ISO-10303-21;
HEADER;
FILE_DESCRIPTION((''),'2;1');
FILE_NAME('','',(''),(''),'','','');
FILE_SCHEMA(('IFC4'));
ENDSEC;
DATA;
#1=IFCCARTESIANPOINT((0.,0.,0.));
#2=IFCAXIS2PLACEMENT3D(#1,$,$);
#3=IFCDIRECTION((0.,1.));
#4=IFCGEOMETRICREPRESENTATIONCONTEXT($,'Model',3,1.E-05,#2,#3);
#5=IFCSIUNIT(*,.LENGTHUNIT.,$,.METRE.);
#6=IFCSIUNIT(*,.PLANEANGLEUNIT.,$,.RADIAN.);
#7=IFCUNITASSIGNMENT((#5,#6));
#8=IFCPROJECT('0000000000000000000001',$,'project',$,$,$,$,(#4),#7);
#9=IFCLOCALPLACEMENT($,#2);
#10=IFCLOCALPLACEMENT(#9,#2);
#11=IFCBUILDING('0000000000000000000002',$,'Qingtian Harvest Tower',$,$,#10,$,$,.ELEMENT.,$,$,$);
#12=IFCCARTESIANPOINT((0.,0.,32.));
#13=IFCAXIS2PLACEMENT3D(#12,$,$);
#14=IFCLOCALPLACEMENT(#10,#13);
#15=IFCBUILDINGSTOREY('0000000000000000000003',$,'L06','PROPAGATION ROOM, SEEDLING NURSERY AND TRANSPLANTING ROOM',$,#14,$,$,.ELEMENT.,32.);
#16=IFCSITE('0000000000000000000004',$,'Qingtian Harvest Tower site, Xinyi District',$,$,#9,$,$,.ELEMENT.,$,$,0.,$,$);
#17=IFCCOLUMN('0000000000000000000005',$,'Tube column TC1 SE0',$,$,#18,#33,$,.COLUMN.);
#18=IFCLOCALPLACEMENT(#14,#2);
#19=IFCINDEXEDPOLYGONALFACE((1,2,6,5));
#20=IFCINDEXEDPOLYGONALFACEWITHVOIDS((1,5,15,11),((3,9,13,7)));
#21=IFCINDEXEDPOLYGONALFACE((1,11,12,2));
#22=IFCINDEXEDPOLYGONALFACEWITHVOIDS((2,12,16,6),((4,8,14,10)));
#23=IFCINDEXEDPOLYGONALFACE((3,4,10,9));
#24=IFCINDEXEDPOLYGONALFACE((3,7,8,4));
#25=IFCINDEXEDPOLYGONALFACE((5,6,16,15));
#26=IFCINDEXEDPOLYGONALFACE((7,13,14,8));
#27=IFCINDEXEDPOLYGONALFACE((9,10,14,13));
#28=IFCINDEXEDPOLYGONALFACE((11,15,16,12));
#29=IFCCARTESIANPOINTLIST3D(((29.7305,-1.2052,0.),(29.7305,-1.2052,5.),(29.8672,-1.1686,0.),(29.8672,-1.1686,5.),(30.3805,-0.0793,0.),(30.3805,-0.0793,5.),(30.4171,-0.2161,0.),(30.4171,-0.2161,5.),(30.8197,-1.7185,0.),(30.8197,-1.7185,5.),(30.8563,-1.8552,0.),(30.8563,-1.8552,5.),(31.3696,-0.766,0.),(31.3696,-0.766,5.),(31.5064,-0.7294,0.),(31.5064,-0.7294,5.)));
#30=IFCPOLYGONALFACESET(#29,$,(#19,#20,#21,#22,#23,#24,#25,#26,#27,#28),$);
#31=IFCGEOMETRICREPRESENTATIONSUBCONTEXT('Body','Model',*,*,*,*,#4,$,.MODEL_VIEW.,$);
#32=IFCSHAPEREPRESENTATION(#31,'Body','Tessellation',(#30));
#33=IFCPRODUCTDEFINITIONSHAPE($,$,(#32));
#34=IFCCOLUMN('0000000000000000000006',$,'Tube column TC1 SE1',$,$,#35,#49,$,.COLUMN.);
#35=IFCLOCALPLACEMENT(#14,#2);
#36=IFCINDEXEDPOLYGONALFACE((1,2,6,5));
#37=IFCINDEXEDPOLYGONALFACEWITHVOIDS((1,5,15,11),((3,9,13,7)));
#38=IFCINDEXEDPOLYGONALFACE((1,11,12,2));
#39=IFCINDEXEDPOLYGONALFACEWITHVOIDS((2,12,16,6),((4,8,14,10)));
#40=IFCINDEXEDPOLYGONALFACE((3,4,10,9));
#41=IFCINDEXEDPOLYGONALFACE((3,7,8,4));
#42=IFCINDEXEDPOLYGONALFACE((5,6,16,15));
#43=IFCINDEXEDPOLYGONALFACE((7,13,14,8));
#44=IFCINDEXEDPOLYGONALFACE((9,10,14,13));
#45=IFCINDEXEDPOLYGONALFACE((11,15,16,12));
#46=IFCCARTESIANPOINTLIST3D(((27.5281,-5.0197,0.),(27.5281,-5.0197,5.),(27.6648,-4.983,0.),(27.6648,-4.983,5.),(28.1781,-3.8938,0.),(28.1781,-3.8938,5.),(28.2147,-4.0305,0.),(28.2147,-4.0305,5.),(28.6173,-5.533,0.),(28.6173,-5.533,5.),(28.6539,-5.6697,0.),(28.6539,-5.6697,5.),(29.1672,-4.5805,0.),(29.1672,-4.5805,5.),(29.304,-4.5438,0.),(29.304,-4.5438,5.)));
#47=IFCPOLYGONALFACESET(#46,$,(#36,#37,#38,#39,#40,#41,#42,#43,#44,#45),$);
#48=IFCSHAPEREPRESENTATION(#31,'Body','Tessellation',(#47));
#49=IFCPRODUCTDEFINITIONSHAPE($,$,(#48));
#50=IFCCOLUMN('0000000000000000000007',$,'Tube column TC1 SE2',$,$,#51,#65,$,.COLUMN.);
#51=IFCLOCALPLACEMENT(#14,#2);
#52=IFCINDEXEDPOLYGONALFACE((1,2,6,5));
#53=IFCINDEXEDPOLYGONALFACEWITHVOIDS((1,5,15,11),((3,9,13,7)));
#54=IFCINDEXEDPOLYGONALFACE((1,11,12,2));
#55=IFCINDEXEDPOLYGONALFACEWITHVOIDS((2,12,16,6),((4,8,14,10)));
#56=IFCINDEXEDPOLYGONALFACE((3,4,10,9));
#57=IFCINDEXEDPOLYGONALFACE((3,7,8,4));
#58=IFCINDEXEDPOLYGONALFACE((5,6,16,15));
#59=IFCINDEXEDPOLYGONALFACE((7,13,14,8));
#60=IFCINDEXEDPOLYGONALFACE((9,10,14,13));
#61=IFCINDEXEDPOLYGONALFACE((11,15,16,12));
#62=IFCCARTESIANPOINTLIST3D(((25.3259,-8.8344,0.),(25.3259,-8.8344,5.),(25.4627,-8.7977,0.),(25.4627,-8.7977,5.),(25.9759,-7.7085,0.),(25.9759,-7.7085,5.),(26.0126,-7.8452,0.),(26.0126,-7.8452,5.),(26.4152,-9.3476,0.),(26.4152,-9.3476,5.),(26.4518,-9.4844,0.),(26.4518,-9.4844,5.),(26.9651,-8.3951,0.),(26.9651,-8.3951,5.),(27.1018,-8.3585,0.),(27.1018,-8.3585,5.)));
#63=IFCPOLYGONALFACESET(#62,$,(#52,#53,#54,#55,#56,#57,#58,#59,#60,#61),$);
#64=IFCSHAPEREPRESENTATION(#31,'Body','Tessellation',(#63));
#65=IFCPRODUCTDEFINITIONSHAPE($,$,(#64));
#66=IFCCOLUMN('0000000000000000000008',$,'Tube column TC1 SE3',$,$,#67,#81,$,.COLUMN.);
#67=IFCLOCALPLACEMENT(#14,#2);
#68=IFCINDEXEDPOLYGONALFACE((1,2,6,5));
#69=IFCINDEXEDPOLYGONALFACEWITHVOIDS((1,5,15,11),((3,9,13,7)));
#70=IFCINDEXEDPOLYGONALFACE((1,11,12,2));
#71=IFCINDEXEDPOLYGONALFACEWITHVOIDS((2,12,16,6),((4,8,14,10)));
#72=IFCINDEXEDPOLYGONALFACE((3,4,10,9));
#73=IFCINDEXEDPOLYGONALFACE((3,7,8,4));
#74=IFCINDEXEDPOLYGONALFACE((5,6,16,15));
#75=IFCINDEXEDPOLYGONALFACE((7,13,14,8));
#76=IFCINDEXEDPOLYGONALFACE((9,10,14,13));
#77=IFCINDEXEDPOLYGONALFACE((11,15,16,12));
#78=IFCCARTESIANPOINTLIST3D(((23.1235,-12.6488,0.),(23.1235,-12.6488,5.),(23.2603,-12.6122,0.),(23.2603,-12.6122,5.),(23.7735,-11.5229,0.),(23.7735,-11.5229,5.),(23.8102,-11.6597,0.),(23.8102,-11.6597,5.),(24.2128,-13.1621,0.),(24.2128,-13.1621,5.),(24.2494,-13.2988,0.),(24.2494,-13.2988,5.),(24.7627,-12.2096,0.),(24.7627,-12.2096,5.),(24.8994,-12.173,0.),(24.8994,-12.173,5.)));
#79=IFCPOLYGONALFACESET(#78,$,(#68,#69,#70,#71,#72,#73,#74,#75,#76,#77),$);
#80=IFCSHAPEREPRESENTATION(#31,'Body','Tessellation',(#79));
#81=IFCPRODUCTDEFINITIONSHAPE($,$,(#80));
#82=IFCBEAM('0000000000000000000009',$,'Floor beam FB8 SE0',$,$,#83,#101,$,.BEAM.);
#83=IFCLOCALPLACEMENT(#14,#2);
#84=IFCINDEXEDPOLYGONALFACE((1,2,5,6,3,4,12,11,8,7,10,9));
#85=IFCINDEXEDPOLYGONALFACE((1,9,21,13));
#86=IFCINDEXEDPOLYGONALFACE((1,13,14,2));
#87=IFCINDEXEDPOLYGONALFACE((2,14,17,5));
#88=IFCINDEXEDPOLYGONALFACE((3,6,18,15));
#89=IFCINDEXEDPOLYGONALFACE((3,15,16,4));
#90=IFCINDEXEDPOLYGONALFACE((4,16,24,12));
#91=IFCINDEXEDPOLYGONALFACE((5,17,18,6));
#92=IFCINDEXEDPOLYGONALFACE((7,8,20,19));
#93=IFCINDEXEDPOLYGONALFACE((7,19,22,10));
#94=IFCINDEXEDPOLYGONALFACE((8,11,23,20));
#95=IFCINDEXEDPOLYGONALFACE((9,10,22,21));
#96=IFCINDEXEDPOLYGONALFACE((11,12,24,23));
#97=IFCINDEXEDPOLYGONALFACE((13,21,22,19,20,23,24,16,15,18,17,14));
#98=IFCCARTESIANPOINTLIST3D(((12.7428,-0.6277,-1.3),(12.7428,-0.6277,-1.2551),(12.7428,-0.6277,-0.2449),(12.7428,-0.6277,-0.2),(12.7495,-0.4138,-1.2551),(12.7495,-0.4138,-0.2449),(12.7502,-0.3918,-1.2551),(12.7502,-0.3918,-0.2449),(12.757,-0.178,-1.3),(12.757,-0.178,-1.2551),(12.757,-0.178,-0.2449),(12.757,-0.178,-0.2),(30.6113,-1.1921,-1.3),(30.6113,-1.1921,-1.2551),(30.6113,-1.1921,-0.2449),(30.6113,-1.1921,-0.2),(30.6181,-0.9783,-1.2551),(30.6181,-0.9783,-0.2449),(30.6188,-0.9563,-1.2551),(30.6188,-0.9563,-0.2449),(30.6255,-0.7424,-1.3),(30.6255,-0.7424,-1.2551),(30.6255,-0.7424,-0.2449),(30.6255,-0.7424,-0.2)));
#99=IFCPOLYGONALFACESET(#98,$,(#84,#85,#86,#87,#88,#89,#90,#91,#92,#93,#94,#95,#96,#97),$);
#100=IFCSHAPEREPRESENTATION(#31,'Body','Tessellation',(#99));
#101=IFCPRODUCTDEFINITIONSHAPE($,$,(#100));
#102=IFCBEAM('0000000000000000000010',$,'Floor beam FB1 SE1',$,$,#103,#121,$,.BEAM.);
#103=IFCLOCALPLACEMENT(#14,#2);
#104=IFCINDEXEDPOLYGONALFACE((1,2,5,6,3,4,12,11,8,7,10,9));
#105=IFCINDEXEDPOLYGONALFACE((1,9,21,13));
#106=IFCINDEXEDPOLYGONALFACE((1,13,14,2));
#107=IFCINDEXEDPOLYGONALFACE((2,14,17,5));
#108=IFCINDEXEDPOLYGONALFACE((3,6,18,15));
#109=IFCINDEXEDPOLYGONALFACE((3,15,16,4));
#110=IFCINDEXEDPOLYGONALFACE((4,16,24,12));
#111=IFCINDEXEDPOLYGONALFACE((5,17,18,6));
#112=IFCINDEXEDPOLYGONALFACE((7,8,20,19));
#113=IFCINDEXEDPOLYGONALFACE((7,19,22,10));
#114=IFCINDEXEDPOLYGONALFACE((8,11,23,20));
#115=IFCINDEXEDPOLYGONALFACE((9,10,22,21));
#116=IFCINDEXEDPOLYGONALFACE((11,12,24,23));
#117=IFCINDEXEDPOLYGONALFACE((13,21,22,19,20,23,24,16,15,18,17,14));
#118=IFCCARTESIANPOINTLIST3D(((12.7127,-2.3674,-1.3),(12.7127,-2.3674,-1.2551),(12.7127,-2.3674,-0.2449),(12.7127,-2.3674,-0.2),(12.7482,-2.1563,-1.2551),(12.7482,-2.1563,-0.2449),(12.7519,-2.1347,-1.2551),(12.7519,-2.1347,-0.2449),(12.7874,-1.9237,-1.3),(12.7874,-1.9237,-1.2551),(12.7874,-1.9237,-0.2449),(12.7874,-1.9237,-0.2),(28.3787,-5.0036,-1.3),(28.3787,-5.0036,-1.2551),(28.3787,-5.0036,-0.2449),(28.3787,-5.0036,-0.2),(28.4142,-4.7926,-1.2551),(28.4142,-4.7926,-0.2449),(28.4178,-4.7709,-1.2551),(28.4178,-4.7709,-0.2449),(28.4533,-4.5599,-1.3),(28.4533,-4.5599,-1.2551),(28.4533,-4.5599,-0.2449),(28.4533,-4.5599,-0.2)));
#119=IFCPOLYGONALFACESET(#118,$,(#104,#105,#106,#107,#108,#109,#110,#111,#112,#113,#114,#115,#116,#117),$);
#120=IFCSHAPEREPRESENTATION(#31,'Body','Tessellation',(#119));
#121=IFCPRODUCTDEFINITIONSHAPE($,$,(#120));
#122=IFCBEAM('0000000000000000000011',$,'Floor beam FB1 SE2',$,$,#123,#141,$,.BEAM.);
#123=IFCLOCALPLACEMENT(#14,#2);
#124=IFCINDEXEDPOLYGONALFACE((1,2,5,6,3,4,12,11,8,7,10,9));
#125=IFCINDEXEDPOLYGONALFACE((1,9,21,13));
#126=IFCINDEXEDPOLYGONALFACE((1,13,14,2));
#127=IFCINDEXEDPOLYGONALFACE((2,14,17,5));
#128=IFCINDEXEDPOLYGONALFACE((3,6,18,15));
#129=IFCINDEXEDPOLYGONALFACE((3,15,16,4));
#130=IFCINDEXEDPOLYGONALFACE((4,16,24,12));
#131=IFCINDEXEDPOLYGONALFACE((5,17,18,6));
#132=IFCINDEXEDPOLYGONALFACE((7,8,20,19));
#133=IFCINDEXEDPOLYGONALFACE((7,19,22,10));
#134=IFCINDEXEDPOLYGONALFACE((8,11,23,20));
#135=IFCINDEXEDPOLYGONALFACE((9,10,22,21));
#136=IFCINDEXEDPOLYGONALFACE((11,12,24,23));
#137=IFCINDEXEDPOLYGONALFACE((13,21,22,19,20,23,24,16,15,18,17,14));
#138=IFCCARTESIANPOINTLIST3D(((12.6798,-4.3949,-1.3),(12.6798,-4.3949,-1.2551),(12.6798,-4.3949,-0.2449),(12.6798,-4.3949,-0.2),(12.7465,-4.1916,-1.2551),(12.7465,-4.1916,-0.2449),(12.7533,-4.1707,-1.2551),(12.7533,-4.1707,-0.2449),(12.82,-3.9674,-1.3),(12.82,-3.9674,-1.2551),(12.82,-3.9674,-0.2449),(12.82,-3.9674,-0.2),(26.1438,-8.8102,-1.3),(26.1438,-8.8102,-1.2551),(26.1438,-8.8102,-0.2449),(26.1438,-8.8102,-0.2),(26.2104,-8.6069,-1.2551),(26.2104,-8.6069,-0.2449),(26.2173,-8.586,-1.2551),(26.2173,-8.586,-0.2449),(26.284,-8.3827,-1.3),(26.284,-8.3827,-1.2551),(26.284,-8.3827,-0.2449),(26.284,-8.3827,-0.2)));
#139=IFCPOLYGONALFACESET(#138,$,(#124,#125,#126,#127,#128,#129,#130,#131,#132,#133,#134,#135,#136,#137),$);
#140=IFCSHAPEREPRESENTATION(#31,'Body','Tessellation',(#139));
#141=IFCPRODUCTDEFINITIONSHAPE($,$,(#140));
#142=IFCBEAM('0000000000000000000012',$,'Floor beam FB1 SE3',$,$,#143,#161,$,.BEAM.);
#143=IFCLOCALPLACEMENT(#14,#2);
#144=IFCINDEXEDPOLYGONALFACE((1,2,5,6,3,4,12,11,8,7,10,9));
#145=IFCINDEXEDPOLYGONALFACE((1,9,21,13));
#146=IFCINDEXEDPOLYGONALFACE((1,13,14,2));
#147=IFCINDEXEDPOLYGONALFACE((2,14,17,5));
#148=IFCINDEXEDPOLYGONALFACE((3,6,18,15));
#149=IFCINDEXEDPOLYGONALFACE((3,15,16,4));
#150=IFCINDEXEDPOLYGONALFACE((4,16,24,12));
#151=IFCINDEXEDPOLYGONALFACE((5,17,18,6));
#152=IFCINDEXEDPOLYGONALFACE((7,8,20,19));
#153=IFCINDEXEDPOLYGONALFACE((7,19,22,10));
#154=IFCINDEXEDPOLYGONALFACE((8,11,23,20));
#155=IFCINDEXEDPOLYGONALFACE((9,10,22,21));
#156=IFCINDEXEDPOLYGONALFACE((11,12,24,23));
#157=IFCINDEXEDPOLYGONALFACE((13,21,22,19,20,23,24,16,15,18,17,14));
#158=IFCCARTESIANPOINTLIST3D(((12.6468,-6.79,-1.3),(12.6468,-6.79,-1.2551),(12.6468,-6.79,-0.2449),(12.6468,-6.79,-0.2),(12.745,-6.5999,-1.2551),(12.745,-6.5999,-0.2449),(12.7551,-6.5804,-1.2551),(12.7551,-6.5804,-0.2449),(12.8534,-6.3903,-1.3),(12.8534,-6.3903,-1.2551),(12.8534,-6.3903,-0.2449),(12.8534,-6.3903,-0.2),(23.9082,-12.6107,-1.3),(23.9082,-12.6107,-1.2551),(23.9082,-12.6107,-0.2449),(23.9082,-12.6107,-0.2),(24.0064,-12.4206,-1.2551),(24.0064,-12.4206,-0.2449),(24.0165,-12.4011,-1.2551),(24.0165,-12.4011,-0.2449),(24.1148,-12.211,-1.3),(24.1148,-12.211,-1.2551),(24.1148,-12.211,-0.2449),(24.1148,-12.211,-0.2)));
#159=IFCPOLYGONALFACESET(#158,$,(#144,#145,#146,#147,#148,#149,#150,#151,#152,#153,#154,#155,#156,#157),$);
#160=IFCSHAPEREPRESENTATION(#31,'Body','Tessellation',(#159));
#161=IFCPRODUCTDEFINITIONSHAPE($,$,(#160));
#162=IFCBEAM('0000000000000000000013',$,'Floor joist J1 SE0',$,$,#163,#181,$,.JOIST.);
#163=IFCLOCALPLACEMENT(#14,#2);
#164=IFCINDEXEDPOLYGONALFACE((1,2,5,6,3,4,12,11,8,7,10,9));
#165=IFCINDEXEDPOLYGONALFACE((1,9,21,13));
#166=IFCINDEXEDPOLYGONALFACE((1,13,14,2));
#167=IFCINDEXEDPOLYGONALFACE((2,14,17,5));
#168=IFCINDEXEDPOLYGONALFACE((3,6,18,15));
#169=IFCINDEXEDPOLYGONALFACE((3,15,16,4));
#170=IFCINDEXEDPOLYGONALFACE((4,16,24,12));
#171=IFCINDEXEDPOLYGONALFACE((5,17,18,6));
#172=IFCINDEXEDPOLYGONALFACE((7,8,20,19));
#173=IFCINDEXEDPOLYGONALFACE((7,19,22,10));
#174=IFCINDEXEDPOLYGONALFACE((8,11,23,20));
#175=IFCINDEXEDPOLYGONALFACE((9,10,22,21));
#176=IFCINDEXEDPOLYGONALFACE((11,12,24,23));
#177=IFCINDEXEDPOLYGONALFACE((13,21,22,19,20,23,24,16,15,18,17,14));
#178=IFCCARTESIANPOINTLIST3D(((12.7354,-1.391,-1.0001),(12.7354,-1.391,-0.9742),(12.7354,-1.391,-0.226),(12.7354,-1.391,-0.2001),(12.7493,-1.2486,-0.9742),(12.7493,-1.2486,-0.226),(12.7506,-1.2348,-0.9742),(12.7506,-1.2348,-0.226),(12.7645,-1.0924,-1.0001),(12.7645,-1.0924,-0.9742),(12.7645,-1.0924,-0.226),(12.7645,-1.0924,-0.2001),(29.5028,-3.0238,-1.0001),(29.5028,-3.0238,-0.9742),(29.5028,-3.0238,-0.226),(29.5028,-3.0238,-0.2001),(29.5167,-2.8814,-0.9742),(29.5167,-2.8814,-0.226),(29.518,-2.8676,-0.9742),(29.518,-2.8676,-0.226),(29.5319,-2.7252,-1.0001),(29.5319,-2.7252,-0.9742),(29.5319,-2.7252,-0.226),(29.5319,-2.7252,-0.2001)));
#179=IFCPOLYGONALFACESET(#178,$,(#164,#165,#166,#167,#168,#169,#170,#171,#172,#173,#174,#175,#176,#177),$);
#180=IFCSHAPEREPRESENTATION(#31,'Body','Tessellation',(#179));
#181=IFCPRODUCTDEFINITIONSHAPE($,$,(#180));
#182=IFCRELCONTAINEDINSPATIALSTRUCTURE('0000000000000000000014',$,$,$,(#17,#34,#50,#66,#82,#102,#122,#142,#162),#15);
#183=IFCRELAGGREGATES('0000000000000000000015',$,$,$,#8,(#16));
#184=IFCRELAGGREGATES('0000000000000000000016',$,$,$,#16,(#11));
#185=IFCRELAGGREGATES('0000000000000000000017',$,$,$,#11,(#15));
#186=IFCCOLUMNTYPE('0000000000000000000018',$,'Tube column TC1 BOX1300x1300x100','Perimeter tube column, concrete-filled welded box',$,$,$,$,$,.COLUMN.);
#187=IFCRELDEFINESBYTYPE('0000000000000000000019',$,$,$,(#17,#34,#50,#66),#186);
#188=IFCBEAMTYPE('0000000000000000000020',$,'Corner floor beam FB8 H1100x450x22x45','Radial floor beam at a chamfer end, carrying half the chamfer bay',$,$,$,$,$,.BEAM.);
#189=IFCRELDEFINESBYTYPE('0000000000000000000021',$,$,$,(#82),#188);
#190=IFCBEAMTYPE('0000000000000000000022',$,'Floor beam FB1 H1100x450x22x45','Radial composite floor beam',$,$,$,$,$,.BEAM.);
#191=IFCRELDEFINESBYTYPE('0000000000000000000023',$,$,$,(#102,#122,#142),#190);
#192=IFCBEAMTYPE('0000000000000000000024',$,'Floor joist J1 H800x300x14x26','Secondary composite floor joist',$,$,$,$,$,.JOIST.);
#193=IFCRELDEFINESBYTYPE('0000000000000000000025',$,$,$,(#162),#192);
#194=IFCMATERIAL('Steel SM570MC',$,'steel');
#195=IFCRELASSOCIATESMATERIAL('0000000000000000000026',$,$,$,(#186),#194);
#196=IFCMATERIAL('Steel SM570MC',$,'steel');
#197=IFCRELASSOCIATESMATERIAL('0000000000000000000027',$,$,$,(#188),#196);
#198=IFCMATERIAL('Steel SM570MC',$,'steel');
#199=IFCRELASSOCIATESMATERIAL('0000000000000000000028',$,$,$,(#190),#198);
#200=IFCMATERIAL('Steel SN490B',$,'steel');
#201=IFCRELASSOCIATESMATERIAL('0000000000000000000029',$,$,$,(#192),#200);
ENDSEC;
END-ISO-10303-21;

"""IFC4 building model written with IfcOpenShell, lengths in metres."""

from ifc_helpers import new_model, si_unit, direction, frame, origin, origin_2d, place, context, subcontext, project, spatial, hollow_rectangle, i_section, extrude, material, material_profile, profile_set, type_object, element, save


model = new_model("IFC4")

# Units and contexts
model_context = context("Model", 3, precision=1e-05, world=origin(), true_north=direction((0.0, 1.0)))
body_context = subcontext(model_context, "Body", "Model", "MODEL_VIEW")
ifc_project = project(units=[si_unit("LENGTHUNIT", "METRE"), si_unit("PLANEANGLEUNIT", "RADIAN")], contexts=[model_context])

# Site, building, storey
site_placement = place(None, origin())
site = spatial("IfcSite", under=ifc_project, at=site_placement, Name="Qingtian Harvest Tower site, Xinyi District", CompositionType="ELEMENT", RefElevation=0.0)
building_placement = place(site_placement, origin())
building = spatial("IfcBuilding", under=site, at=building_placement, Name="Qingtian Harvest Tower", CompositionType="ELEMENT")
storey_placement = place(building_placement, frame((0.0, 0.0, 32.0)))
storey = spatial("IfcBuildingStorey", under=building, at=storey_placement, Name="L06", Description="PROPAGATION ROOM, SEEDLING NURSERY AND TRANSPLANTING ROOM", CompositionType="ELEMENT", Elevation=32.0)

# Columns
ifc_material_1 = material(Name="Steel SM570MC", Category="steel")
ifc_material_profile_1 = material_profile(ifc_material_1, hollow_rectangle(XDim=1.3, YDim=1.3, WallThickness=0.1001, at=origin_2d()), Name="BOX1300x1300x100")
ifc_profile_set_1 = profile_set([ifc_material_profile_1], Name="Steel SM570MC")
column_type = type_object("IfcColumnType", Name="Tube column TC1 BOX1300x1300x100", Description="Perimeter tube column, concrete-filled welded box", PredefinedType="COLUMN", material=ifc_profile_set_1)
for number, where, z_axis, x_axis, name in (
    (1, (30.6184, -0.9673, 0.0), (0.0, 0.0, 1.0), (0.5, 0.866025, 0.0), "Tube column TC1 SE0"),
    (2, (28.416, -4.7817, 0.0), (0.0, 0.0, 1.0), (0.5, 0.866025, 0.0), "Tube column TC1 SE1"),
    (3, (26.2139, -8.5964, 0.0), (0.0, 0.0, 1.0), (0.5, 0.866025, 0.0), "Tube column TC1 SE2"),
    (4, (24.0115, -12.4109, 0.0), (0.0, 0.0, 1.0), (0.5, 0.866025, 0.0), "Tube column TC1 SE3"),
):
    element("IfcColumn", number, at=place(storey_placement, frame(where, z_axis=z_axis, x_axis=x_axis)), inside=storey, type_object=column_type, Name=name, PredefinedType="COLUMN", context=body_context, shape_type="SweptSolid", body=[
        extrude(hollow_rectangle(XDim=1.3, YDim=1.3, WallThickness=0.1001, at=origin_2d()), origin(), (0.0, 0.0, 1.0), 5.0),
    ])

# Beams
ifc_material_2 = material(Name="Steel SM570MC", Category="steel")
ifc_material_profile_2 = material_profile(ifc_material_2, i_section(OverallWidth=0.45, OverallDepth=1.1001, WebThickness=0.022, FlangeThickness=0.0449, at=origin_2d()), Name="H1100x450x22x45")
ifc_profile_set_2 = profile_set([ifc_material_profile_2], Name="Steel SM570MC")
beam_type_1 = type_object("IfcBeamType", Name="Corner floor beam FB8 H1100x450x22x45", Description="Radial floor beam at a chamfer end, carrying half the chamfer bay", PredefinedType="BEAM", material=ifc_profile_set_2)
beam_1_placement = place(storey_placement, frame((30.6184, -0.9673, -0.75), z_axis=(-0.999501, 0.031574, 0.0), x_axis=(-0.031574, -0.999501, 0.0)))
element("IfcBeam", 5, at=beam_1_placement, inside=storey, type_object=beam_type_1, Name="Floor beam FB8 SE0", PredefinedType="BEAM", context=body_context, shape_type="SweptSolid", body=[
    extrude(i_section(OverallWidth=0.45, OverallDepth=1.1001, WebThickness=0.022, FlangeThickness=0.0449, at=origin_2d()), origin(), (0.0, 0.0, 1.0), 17.8774),
])
ifc_material_3 = material(Name="Steel SM570MC", Category="steel")
ifc_material_profile_3 = material_profile(ifc_material_3, i_section(OverallWidth=0.45, OverallDepth=1.1001, WebThickness=0.022, FlangeThickness=0.0449, at=origin_2d()), Name="H1100x450x22x45")
ifc_profile_set_3 = profile_set([ifc_material_profile_3], Name="Steel SM570MC")
beam_type_2 = type_object("IfcBeamType", Name="Floor beam FB1 H1100x450x22x45", Description="Radial composite floor beam", PredefinedType="BEAM", material=ifc_profile_set_3)
beam_2_placement = place(storey_placement, frame((28.416, -4.7817, -0.75), z_axis=(-0.986135, 0.165944, 0.0), x_axis=(-0.165944, -0.986135, 0.0)))
element("IfcBeam", 6, at=beam_2_placement, inside=storey, type_object=beam_type_2, Name="Floor beam FB1 SE1", PredefinedType="BEAM", context=body_context, shape_type="SweptSolid", body=[
    extrude(i_section(OverallWidth=0.45, OverallDepth=1.1001, WebThickness=0.022, FlangeThickness=0.0449, at=origin_2d()), origin(), (0.0, 0.0, 1.0), 15.8862),
])
beam_3_placement = place(storey_placement, frame((26.2139, -8.5964, -0.75), z_axis=(-0.950211, 0.311608, 0.0), x_axis=(-0.311608, -0.950211, 0.0)))
element("IfcBeam", 7, at=beam_3_placement, inside=storey, type_object=beam_type_2, Name="Floor beam FB1 SE2", PredefinedType="BEAM", context=body_context, shape_type="SweptSolid", body=[
    extrude(i_section(OverallWidth=0.45, OverallDepth=1.1001, WebThickness=0.022, FlangeThickness=0.0449, at=origin_2d()), origin(), (0.0, 0.0, 1.0), 14.1694),
])
beam_4_placement = place(storey_placement, frame((24.0115, -12.4109, -0.75), z_axis=(-0.88835, 0.459168, 0.0), x_axis=(-0.459168, -0.88835, 0.0)))
element("IfcBeam", 8, at=beam_4_placement, inside=storey, type_object=beam_type_2, Name="Floor beam FB1 SE3", PredefinedType="BEAM", context=body_context, shape_type="SweptSolid", body=[
    extrude(i_section(OverallWidth=0.45, OverallDepth=1.1001, WebThickness=0.022, FlangeThickness=0.0449, at=origin_2d()), origin(), (0.0, 0.0, 1.0), 12.6768),
])
ifc_material_4 = material(Name="Steel SN490B", Category="steel")
ifc_material_profile_4 = material_profile(ifc_material_4, i_section(OverallWidth=0.3, OverallDepth=0.8, WebThickness=0.0139, FlangeThickness=0.0259, at=origin_2d()), Name="H800x300x14x26")
ifc_profile_set_4 = profile_set([ifc_material_profile_4], Name="Steel SN490B")
beam_type_3 = type_object("IfcBeamType", Name="Floor joist J1 H800x300x14x26", Description="Secondary composite floor joist", PredefinedType="JOIST", material=ifc_profile_set_4)
beam_5_placement = place(storey_placement, frame((29.5173, -2.8745, -0.6001), z_axis=(-0.995292, 0.096922, 0.0), x_axis=(-0.096922, -0.995292, 0.0)))
element("IfcBeam", 9, at=beam_5_placement, inside=storey, type_object=beam_type_3, Name="Floor joist J1 SE0", PredefinedType="JOIST", context=body_context, shape_type="SweptSolid", body=[
    extrude(i_section(OverallWidth=0.3, OverallDepth=0.8, WebThickness=0.0139, FlangeThickness=0.0259, at=origin_2d()), origin(), (0.0, 0.0, 1.0), 16.8467),
])

save(model, "model.ifc")
